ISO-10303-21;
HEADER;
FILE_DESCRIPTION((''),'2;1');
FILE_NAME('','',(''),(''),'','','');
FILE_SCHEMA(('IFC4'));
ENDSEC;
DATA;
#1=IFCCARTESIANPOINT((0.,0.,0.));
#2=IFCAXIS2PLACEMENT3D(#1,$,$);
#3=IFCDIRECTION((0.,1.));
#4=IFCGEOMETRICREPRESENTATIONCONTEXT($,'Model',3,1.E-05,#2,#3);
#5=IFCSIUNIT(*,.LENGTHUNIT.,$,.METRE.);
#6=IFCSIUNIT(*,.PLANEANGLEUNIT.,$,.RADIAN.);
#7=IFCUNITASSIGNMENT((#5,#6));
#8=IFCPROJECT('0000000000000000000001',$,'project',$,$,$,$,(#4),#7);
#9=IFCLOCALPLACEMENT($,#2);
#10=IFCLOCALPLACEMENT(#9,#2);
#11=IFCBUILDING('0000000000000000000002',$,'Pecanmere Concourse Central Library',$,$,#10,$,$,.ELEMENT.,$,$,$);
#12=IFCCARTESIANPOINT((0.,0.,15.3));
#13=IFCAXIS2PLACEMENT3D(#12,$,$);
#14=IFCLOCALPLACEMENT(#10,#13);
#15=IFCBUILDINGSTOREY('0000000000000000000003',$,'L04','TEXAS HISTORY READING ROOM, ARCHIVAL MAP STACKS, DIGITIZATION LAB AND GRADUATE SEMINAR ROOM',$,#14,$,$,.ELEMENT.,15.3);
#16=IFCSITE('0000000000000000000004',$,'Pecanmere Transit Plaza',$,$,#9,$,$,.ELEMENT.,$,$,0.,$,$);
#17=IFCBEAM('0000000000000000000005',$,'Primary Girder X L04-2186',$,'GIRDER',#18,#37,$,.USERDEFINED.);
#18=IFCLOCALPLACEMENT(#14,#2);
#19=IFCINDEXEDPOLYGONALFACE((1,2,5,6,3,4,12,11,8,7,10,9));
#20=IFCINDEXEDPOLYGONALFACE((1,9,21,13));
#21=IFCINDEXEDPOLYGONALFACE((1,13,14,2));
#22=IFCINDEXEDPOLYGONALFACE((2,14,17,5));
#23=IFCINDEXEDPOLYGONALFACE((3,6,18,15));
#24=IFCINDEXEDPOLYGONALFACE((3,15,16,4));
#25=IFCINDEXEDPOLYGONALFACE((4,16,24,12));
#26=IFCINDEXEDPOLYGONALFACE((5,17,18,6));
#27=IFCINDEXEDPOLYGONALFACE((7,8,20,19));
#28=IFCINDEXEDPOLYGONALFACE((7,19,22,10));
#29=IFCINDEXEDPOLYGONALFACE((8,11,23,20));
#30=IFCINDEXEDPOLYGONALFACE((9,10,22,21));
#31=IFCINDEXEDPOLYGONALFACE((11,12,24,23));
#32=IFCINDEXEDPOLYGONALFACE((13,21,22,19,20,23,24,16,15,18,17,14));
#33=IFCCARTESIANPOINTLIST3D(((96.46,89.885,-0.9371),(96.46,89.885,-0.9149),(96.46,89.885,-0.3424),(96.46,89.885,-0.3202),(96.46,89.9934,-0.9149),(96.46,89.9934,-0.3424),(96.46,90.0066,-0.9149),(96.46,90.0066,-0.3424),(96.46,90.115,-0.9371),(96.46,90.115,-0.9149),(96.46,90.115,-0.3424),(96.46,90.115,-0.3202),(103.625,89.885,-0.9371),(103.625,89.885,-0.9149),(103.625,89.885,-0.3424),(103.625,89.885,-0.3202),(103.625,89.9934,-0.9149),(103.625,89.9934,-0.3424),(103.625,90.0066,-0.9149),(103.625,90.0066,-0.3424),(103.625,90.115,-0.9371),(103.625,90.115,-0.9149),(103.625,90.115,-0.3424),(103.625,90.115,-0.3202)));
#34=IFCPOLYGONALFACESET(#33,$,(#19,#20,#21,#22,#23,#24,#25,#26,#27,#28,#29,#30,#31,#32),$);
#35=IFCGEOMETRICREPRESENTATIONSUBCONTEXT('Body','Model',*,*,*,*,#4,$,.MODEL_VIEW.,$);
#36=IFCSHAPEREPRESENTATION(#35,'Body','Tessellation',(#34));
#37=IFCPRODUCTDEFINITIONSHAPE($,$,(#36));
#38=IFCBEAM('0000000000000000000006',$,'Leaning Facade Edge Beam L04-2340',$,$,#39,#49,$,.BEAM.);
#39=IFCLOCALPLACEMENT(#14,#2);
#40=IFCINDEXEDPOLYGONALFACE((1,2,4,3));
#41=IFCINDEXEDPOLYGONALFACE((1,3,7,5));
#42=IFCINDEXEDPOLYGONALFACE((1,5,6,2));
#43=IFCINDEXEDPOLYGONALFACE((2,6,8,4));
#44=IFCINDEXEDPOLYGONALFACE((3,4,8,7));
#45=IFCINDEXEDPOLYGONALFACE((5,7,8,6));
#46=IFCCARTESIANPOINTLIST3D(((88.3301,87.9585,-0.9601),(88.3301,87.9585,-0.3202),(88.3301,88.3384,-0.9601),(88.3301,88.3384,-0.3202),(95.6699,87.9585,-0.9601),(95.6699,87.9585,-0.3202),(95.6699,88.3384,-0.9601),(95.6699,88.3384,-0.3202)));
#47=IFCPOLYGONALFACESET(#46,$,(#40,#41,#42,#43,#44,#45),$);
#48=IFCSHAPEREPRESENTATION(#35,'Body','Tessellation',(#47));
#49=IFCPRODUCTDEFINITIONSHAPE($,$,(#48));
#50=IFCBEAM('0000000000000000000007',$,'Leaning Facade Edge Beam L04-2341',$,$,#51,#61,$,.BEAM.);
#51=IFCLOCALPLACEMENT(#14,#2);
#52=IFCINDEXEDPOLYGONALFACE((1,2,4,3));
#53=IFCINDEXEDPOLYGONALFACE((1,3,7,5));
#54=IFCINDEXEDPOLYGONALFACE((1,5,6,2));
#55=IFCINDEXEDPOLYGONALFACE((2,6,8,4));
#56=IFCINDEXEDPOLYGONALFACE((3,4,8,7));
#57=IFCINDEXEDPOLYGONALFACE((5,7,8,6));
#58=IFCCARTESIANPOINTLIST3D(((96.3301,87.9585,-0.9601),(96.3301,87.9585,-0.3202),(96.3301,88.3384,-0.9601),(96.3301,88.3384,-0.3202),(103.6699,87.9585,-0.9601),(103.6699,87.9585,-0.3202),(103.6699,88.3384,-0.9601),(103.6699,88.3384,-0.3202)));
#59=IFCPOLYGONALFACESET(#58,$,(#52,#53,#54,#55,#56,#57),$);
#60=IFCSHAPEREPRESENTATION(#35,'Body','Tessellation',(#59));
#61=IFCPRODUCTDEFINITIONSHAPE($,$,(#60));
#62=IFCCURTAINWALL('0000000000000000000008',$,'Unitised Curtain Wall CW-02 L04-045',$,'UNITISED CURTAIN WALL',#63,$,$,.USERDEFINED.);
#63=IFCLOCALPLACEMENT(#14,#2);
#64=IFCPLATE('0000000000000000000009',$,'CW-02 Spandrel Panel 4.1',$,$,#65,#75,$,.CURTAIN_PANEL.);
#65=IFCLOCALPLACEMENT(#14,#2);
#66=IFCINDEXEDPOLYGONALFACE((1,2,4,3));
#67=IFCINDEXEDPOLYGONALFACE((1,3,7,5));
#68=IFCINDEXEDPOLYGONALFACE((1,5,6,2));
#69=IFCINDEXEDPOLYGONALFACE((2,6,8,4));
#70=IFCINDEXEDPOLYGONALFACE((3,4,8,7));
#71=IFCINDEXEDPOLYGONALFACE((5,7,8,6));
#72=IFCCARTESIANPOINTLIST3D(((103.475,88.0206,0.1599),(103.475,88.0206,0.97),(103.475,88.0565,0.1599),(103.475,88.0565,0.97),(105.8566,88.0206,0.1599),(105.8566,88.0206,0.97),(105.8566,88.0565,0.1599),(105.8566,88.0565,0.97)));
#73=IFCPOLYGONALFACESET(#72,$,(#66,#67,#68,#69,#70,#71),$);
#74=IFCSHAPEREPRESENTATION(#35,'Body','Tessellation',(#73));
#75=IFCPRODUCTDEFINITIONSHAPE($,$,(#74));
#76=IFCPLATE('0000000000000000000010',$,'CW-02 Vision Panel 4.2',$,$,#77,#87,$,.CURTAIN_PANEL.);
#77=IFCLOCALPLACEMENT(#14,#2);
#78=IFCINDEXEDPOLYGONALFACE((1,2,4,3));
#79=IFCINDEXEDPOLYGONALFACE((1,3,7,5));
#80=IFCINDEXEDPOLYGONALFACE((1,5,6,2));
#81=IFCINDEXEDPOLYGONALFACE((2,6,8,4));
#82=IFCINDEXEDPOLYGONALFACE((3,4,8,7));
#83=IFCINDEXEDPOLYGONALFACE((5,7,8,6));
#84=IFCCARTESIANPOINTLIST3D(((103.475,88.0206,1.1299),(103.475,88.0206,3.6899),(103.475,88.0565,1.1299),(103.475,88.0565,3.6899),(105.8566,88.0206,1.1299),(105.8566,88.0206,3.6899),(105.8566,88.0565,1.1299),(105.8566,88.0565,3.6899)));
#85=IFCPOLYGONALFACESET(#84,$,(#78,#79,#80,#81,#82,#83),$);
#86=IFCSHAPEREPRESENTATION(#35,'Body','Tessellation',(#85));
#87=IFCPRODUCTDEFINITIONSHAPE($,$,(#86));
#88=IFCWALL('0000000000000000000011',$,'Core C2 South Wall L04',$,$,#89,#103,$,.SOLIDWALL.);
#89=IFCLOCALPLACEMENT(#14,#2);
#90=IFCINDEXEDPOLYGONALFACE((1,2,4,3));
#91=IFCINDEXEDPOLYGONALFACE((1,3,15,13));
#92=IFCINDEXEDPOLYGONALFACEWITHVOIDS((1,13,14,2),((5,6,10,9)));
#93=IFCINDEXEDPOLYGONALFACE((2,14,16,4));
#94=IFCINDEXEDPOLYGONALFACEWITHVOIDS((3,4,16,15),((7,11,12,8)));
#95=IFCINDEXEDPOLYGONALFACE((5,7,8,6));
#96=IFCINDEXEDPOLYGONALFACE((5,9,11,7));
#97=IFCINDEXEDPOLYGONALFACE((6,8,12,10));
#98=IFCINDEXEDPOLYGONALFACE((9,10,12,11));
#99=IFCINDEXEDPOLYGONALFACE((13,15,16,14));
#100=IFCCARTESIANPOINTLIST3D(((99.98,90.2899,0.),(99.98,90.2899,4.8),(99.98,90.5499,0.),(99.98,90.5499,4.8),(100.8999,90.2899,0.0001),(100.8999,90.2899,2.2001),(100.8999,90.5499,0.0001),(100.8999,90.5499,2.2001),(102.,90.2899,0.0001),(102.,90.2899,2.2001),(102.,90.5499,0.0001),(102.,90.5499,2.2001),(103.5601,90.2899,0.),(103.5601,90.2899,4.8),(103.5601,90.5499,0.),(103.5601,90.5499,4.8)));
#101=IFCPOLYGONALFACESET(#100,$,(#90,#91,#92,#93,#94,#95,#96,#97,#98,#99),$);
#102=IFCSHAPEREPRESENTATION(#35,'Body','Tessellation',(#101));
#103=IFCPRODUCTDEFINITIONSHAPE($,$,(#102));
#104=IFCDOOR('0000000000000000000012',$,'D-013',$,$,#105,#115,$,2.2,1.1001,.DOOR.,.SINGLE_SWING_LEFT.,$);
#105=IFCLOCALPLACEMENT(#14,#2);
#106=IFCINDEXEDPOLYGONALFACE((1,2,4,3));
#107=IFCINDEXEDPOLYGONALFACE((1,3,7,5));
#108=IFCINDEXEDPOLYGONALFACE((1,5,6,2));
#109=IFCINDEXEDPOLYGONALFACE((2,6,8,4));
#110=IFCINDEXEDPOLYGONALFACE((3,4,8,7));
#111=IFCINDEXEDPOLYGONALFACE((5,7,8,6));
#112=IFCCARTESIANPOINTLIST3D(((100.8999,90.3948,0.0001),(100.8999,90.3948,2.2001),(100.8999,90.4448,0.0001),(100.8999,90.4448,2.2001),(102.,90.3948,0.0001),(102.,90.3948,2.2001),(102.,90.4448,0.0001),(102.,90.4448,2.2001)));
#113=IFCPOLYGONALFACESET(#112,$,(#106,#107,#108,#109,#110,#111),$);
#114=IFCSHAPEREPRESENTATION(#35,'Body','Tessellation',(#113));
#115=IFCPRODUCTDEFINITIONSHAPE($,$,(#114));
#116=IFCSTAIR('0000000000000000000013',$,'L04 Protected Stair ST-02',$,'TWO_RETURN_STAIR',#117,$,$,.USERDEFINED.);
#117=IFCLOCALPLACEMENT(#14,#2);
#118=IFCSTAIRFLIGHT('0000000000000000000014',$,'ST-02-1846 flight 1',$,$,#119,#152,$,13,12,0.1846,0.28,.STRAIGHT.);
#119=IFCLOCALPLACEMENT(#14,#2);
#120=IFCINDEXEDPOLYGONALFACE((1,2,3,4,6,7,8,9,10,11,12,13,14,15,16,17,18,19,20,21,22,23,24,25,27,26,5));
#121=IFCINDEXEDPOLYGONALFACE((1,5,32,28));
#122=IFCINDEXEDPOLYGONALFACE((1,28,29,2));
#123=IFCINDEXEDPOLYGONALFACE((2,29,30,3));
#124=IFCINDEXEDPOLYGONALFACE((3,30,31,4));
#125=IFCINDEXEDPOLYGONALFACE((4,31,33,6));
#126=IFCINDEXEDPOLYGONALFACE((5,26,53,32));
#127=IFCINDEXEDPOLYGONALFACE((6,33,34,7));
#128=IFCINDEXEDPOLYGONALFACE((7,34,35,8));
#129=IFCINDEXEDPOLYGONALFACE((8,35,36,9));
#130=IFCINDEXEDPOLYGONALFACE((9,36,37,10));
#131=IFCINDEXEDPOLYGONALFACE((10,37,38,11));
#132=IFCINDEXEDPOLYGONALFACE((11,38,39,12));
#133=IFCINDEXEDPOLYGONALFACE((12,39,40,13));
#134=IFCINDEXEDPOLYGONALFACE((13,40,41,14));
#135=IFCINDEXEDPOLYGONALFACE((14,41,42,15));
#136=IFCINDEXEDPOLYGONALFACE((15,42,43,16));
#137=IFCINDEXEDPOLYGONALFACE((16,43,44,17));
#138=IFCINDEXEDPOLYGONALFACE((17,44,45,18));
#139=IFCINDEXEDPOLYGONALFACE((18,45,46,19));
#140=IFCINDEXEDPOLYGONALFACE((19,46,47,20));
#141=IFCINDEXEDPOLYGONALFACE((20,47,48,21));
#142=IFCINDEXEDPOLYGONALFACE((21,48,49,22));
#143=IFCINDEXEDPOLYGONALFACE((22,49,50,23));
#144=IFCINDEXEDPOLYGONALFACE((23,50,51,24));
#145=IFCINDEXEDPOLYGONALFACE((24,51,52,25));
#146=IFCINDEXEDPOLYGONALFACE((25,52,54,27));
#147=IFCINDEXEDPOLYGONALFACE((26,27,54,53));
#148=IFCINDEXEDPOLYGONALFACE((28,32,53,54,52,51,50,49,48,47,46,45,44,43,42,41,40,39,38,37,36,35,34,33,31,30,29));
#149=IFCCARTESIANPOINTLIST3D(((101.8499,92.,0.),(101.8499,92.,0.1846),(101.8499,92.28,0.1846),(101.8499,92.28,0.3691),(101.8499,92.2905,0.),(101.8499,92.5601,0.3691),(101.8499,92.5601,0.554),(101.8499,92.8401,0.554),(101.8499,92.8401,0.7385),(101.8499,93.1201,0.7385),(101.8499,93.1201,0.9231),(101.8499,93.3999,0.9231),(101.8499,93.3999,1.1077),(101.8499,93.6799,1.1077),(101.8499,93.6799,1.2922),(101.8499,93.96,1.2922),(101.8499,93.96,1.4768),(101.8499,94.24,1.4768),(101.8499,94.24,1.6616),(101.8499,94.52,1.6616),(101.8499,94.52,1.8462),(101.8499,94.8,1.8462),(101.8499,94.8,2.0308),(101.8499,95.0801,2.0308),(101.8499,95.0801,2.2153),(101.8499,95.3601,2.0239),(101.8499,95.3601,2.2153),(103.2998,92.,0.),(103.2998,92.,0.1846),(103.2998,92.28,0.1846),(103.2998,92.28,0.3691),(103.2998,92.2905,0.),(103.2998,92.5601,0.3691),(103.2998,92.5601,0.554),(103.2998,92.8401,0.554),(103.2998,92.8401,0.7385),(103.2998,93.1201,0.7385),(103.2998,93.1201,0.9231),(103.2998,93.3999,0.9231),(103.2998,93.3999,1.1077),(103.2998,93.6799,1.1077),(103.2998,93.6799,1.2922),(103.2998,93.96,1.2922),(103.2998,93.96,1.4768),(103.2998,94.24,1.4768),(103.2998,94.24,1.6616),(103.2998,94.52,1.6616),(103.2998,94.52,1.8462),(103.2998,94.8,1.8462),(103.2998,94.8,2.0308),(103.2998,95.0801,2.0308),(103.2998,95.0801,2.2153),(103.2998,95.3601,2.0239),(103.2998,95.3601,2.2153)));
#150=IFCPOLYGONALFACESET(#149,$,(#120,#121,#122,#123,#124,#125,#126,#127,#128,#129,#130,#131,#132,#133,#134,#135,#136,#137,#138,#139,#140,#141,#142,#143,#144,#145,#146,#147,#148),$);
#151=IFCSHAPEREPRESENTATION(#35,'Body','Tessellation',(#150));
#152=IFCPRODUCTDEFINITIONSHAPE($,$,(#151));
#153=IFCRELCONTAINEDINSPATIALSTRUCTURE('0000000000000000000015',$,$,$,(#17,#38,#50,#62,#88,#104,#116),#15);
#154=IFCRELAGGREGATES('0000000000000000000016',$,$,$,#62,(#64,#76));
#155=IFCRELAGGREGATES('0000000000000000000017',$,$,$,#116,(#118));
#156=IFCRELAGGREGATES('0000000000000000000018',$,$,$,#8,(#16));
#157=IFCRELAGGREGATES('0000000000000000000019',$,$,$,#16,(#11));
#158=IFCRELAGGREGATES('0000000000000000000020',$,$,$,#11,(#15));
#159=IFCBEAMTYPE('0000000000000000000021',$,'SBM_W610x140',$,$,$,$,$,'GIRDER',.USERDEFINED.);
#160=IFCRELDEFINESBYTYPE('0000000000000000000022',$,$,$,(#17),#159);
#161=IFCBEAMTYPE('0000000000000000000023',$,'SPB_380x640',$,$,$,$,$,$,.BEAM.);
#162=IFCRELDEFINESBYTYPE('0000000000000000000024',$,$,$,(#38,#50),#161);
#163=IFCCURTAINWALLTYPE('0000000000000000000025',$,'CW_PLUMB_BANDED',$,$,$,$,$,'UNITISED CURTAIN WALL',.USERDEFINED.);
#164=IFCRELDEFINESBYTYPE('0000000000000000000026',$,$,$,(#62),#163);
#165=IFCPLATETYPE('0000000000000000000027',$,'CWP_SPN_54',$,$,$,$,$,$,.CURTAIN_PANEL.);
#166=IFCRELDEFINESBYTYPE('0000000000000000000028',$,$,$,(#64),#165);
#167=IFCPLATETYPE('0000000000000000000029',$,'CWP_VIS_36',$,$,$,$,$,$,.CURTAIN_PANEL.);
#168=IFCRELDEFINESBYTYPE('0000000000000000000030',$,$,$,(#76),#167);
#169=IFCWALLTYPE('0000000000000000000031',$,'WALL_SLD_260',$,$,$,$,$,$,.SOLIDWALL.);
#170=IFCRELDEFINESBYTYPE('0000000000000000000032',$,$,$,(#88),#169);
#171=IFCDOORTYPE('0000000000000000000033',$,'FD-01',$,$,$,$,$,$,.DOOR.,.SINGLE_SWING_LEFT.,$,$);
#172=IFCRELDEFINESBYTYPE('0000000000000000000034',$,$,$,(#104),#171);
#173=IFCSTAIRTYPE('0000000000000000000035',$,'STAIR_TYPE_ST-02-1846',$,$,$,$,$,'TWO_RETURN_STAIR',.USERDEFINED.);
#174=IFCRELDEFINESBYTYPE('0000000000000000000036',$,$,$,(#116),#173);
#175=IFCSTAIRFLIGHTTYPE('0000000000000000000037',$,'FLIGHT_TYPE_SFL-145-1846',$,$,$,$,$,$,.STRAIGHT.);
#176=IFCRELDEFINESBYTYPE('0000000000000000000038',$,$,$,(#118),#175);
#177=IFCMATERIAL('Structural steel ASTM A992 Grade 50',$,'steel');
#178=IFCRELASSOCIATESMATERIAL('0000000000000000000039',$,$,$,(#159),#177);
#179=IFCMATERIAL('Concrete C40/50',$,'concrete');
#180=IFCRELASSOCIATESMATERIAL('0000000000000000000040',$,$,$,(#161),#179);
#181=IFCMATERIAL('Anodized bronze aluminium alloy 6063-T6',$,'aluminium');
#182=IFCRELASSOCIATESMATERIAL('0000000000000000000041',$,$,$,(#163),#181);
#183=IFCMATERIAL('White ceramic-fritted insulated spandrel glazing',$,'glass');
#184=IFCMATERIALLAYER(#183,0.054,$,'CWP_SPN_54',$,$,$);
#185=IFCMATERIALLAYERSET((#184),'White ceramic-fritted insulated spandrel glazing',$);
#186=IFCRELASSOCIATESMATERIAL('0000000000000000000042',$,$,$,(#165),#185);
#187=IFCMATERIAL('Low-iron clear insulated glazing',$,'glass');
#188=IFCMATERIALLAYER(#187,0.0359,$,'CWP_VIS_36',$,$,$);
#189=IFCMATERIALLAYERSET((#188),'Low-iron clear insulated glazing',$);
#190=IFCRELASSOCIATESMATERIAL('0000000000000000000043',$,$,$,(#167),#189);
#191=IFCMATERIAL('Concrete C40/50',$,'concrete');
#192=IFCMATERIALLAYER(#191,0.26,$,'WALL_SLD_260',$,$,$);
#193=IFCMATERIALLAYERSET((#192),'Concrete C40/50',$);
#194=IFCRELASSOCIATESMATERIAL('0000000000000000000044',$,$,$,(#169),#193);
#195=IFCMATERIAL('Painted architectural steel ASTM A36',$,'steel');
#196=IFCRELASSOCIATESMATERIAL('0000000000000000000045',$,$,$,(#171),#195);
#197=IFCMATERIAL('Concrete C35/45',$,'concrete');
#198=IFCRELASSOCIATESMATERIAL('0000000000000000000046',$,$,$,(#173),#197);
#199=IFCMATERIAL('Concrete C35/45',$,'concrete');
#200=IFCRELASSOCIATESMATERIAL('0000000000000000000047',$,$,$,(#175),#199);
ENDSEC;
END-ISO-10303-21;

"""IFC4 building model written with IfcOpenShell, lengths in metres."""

from ifc_helpers import new_model, si_unit, direction, frame, frame_2d, origin, origin_2d, place, context, subcontext, project, spatial, polyline, rectangle, i_section, outline, extrude, material, layer, layer_set, material_profile, profile_set, type_object, element, fill, aggregate, save


model = new_model("IFC4")

# Units and contexts
model_context = context("Model", 3, precision=1e-05, world=origin(), true_north=direction((0.0, 1.0)))
body_context = subcontext(model_context, "Body", "Model", "MODEL_VIEW")
ifc_project = project(units=[si_unit("LENGTHUNIT", "METRE"), si_unit("PLANEANGLEUNIT", "RADIAN")], contexts=[model_context])

# Site, building, storey
site_placement = place(None, origin())
site = spatial("IfcSite", under=ifc_project, at=site_placement, Name="Pecanmere Transit Plaza", CompositionType="ELEMENT", RefElevation=0.0)
building_placement = place(site_placement, origin())
building = spatial("IfcBuilding", under=site, at=building_placement, Name="Pecanmere Concourse Central Library", CompositionType="ELEMENT")
storey_placement = place(building_placement, frame((0.0, 0.0, 15.3)))
storey = spatial("IfcBuildingStorey", under=building, at=storey_placement, Name="L04", Description="TEXAS HISTORY READING ROOM, ARCHIVAL MAP STACKS, DIGITIZATION LAB AND GRADUATE SEMINAR ROOM", CompositionType="ELEMENT", Elevation=15.3)

# Beams
ifc_material_1 = material(Name="Structural steel ASTM A992 Grade 50", Category="steel")
ifc_material_profile_1 = material_profile(ifc_material_1, i_section(OverallWidth=0.23, OverallDepth=0.6169, WebThickness=0.0132, FlangeThickness=0.0222, at=origin_2d()), Name="W610x140")
ifc_profile_set_1 = profile_set([ifc_material_profile_1], Name="Structural steel ASTM A992 Grade 50")
beam_type_1 = type_object("IfcBeamType", Name="SBM_W610x140", ElementType="GIRDER", PredefinedType="USERDEFINED", material=ifc_profile_set_1)
for number, where, z_axis, x_axis, name in (
    (1, (96.46, 90.0, -0.6287), (1.0, 0.0, 0.0), (0.0, 1.0, 0.0), "Primary Girder X L04-2186"),
):
    element("IfcBeam", number, at=place(storey_placement, frame(where, z_axis=z_axis, x_axis=x_axis)), inside=storey, type_object=beam_type_1, Name=name, ObjectType="GIRDER", PredefinedType="USERDEFINED", context=body_context, shape_type="SweptSolid", body=[
        extrude(i_section(OverallWidth=0.23, OverallDepth=0.6169, WebThickness=0.0132, FlangeThickness=0.0222, at=origin_2d()), origin(), (0.0, 0.0, 1.0), 7.165),
    ])
ifc_material_2 = material(Name="Concrete C40/50", Category="concrete")
ifc_material_profile_2 = material_profile(ifc_material_2, rectangle(XDim=0.3799, YDim=0.6399, at=origin_2d()), Name="RC 380x640")
ifc_profile_set_2 = profile_set([ifc_material_profile_2], Name="Concrete C40/50")
beam_type_2 = type_object("IfcBeamType", Name="SPB_380x640", PredefinedType="BEAM", material=ifc_profile_set_2)
for number, where, z_axis, x_axis, name in (
    (2, (88.3301, 88.1484, -0.6401), (1.0, 0.0, 0.0), (0.0, 1.0, 0.0), "Leaning Facade Edge Beam L04-2340"),
    (3, (96.3301, 88.1484, -0.6401), (1.0, 0.0, 0.0), (0.0, 1.0, 0.0), "Leaning Facade Edge Beam L04-2341"),
):
    element("IfcBeam", number, at=place(storey_placement, frame(where, z_axis=z_axis, x_axis=x_axis)), inside=storey, type_object=beam_type_2, Name=name, PredefinedType="BEAM", context=body_context, shape_type="SweptSolid", body=[
        extrude(rectangle(XDim=0.3799, YDim=0.6399, at=origin_2d()), origin(), (0.0, 0.0, 1.0), 7.3398),
    ])

# Curtain wall, plates
ifc_material_3 = material(Name="Anodized bronze aluminium alloy 6063-T6", Category="aluminium")
curtain_wall_type = type_object("IfcCurtainWallType", Name="CW_PLUMB_BANDED", ElementType="UNITISED CURTAIN WALL", PredefinedType="USERDEFINED", material=ifc_material_3)
curtain_wall_placement = place(storey_placement, origin())
curtain_wall = element("IfcCurtainWall", 4, at=curtain_wall_placement, inside=storey, type_object=curtain_wall_type, Name="Unitised Curtain Wall CW-02 L04-045", ObjectType="UNITISED CURTAIN WALL", PredefinedType="USERDEFINED")
ifc_material_4 = material(Name="White ceramic-fritted insulated spandrel glazing", Category="glass")
ifc_layer_1 = layer(ifc_material_4, 0.054, Name="CWP_SPN_54")
ifc_layer_set_1 = layer_set([ifc_layer_1], Name="White ceramic-fritted insulated spandrel glazing")
plate_type_1 = type_object("IfcPlateType", Name="CWP_SPN_54", PredefinedType="CURTAIN_PANEL", material=ifc_layer_set_1)
plate_1_placement = place(storey_placement, frame((104.6658, 88.0386, 0.1599), z_axis=(0.0, 0.0, 1.0), x_axis=(1.0, 0.0, 0.0)))
plate_1 = element("IfcPlate", 5, at=plate_1_placement, type_object=plate_type_1, Name="CW-02 Spandrel Panel 4.1", PredefinedType="CURTAIN_PANEL", context=body_context, shape_type="SweptSolid", body=[
    extrude(rectangle(XDim=2.3816, YDim=0.0359, at=origin_2d()), origin(), (0.0, 0.0, 1.0), 0.8101),
])
ifc_material_5 = material(Name="Low-iron clear insulated glazing", Category="glass")
ifc_layer_2 = layer(ifc_material_5, 0.0359, Name="CWP_VIS_36")
ifc_layer_set_2 = layer_set([ifc_layer_2], Name="Low-iron clear insulated glazing")
plate_type_2 = type_object("IfcPlateType", Name="CWP_VIS_36", PredefinedType="CURTAIN_PANEL", material=ifc_layer_set_2)
plate_2_placement = place(storey_placement, frame((104.6658, 88.0386, 1.1299), z_axis=(0.0, 0.0, 1.0), x_axis=(1.0, 0.0, 0.0)))
plate_2 = element("IfcPlate", 6, at=plate_2_placement, type_object=plate_type_2, Name="CW-02 Vision Panel 4.2", PredefinedType="CURTAIN_PANEL", context=body_context, shape_type="SweptSolid", body=[
    extrude(rectangle(XDim=2.3816, YDim=0.0359, at=origin_2d()), origin(), (0.0, 0.0, 1.0), 2.5601),
])
aggregate(curtain_wall, [plate_1, plate_2])

# Wall, opening, door
ifc_material_6 = material(Name="Concrete C40/50", Category="concrete")
ifc_layer_3 = layer(ifc_material_6, 0.26, Name="WALL_SLD_260")
ifc_layer_set_3 = layer_set([ifc_layer_3], Name="Concrete C40/50")
wall_type = type_object("IfcWallType", Name="WALL_SLD_260", PredefinedType="SOLIDWALL", material=ifc_layer_set_3)
wall_placement = place(storey_placement, frame((99.98, 90.4199, 0.0), z_axis=(0.0, 0.0, 1.0), x_axis=(1.0, 0.0, 0.0)))
wall = element("IfcWall", 7, at=wall_placement, inside=storey, type_object=wall_type, Name="Core C2 South Wall L04", PredefinedType="SOLIDWALL", context=body_context, shape_type="SweptSolid", body=[
    extrude(rectangle(XDim=3.5801, YDim=0.26, at=frame_2d((1.79, 0.0))), origin(), (0.0, 0.0, 1.0), 4.8),
])
opening_placement = place(wall_placement, frame((0.9199, 0.0, 0.0)))
opening = element("IfcOpeningElement", 8, at=opening_placement, cuts=wall, PredefinedType="OPENING", context=body_context, shape_type="SweptSolid", body=[
    extrude(rectangle(XDim=1.1001, YDim=2.2, at=frame_2d((0.55, 1.1001))), frame((0.0, 0.1421, 0.0), z_axis=(0.0, -1.0, 0.0), x_axis=(1.0, 0.0, 0.0)), (0.0, 0.0, 1.0), 0.2839),
])
ifc_material_7 = material(Name="Painted architectural steel ASTM A36", Category="steel")
door_type = type_object("IfcDoorType", Name="FD-01", OperationType="SINGLE_SWING_LEFT", PredefinedType="DOOR", material=ifc_material_7)
door_placement = place(opening_placement, origin())
door = element("IfcDoor", 9, at=door_placement, inside=storey, type_object=door_type, Name="D-013", OperationType="SINGLE_SWING_LEFT", OverallHeight=2.2, OverallWidth=1.1001, PredefinedType="DOOR", context=body_context, shape_type="SweptSolid", body=[
    extrude(rectangle(XDim=1.1001, YDim=2.2, at=frame_2d((0.55, 1.1001))), frame((0.0, 0.0249, 0.0), z_axis=(0.0, -1.0, 0.0), x_axis=(1.0, 0.0, 0.0)), (0.0, 0.0, 1.0), 0.05),
])
fill(opening, door)

# Stair, stair flight
ifc_material_8 = material(Name="Concrete C35/45", Category="concrete")
stair_type = type_object("IfcStairType", Name="STAIR_TYPE_ST-02-1846", ElementType="TWO_RETURN_STAIR", PredefinedType="USERDEFINED", material=ifc_material_8)
stair_placement = place(storey_placement, origin())
stair = element("IfcStair", 10, at=stair_placement, inside=storey, type_object=stair_type, Name="L04 Protected Stair ST-02", ObjectType="TWO_RETURN_STAIR", PredefinedType="USERDEFINED")
ifc_material_9 = material(Name="Concrete C35/45", Category="concrete")
stair_flight_type = type_object("IfcStairFlightType", Name="FLIGHT_TYPE_SFL-145-1846", PredefinedType="STRAIGHT", material=ifc_material_9)
stair_flight_1_placement = place(storey_placement, frame((102.575, 92.0, 0.0), z_axis=(0.0, 0.0, 1.0), x_axis=(0.0, 1.0, 0.0)))
stair_flight_1 = element("IfcStairFlight", 11, at=stair_flight_1_placement, type_object=stair_flight_type, Name="ST-02-1846 flight 1", NumberOfRisers=13, NumberOfTreads=12, PredefinedType="STRAIGHT", RiserHeight=0.1846, TreadLength=0.28, context=body_context, shape_type="SweptSolid", body=[
    extrude(outline(polyline([(0.0, 0.0), (0.0, 0.1846), (0.28, 0.1846), (0.28, 0.3691), (0.5601, 0.3691), (0.5601, 0.554), (0.8401, 0.554), (0.8401, 0.7385), (1.1201, 0.7385), (1.1201, 0.9231), (1.3999, 0.9231), (1.3999, 1.1077), (1.6799, 1.1077), (1.6799, 1.2922), (1.96, 1.2922), (1.96, 1.4768), (2.24, 1.4768), (2.24, 1.6616), (2.52, 1.6616), (2.52, 1.8462), (2.8, 1.8462), (2.8, 2.0308), (3.0801, 2.0308), (3.0801, 2.2153), (3.3601, 2.2153), (3.3601, 2.3999), (3.3601, 2.0239), (0.2905, 0.0), (0.0, 0.0)])), frame((0.0, 0.7251, 0.0), z_axis=(0.0, -1.0, 0.0), x_axis=(1.0, 0.0, 0.0)), (0.0, 0.0, 1.0), 1.45),
])
aggregate(stair, [stair_flight_1])

save(model, "model.ifc")
